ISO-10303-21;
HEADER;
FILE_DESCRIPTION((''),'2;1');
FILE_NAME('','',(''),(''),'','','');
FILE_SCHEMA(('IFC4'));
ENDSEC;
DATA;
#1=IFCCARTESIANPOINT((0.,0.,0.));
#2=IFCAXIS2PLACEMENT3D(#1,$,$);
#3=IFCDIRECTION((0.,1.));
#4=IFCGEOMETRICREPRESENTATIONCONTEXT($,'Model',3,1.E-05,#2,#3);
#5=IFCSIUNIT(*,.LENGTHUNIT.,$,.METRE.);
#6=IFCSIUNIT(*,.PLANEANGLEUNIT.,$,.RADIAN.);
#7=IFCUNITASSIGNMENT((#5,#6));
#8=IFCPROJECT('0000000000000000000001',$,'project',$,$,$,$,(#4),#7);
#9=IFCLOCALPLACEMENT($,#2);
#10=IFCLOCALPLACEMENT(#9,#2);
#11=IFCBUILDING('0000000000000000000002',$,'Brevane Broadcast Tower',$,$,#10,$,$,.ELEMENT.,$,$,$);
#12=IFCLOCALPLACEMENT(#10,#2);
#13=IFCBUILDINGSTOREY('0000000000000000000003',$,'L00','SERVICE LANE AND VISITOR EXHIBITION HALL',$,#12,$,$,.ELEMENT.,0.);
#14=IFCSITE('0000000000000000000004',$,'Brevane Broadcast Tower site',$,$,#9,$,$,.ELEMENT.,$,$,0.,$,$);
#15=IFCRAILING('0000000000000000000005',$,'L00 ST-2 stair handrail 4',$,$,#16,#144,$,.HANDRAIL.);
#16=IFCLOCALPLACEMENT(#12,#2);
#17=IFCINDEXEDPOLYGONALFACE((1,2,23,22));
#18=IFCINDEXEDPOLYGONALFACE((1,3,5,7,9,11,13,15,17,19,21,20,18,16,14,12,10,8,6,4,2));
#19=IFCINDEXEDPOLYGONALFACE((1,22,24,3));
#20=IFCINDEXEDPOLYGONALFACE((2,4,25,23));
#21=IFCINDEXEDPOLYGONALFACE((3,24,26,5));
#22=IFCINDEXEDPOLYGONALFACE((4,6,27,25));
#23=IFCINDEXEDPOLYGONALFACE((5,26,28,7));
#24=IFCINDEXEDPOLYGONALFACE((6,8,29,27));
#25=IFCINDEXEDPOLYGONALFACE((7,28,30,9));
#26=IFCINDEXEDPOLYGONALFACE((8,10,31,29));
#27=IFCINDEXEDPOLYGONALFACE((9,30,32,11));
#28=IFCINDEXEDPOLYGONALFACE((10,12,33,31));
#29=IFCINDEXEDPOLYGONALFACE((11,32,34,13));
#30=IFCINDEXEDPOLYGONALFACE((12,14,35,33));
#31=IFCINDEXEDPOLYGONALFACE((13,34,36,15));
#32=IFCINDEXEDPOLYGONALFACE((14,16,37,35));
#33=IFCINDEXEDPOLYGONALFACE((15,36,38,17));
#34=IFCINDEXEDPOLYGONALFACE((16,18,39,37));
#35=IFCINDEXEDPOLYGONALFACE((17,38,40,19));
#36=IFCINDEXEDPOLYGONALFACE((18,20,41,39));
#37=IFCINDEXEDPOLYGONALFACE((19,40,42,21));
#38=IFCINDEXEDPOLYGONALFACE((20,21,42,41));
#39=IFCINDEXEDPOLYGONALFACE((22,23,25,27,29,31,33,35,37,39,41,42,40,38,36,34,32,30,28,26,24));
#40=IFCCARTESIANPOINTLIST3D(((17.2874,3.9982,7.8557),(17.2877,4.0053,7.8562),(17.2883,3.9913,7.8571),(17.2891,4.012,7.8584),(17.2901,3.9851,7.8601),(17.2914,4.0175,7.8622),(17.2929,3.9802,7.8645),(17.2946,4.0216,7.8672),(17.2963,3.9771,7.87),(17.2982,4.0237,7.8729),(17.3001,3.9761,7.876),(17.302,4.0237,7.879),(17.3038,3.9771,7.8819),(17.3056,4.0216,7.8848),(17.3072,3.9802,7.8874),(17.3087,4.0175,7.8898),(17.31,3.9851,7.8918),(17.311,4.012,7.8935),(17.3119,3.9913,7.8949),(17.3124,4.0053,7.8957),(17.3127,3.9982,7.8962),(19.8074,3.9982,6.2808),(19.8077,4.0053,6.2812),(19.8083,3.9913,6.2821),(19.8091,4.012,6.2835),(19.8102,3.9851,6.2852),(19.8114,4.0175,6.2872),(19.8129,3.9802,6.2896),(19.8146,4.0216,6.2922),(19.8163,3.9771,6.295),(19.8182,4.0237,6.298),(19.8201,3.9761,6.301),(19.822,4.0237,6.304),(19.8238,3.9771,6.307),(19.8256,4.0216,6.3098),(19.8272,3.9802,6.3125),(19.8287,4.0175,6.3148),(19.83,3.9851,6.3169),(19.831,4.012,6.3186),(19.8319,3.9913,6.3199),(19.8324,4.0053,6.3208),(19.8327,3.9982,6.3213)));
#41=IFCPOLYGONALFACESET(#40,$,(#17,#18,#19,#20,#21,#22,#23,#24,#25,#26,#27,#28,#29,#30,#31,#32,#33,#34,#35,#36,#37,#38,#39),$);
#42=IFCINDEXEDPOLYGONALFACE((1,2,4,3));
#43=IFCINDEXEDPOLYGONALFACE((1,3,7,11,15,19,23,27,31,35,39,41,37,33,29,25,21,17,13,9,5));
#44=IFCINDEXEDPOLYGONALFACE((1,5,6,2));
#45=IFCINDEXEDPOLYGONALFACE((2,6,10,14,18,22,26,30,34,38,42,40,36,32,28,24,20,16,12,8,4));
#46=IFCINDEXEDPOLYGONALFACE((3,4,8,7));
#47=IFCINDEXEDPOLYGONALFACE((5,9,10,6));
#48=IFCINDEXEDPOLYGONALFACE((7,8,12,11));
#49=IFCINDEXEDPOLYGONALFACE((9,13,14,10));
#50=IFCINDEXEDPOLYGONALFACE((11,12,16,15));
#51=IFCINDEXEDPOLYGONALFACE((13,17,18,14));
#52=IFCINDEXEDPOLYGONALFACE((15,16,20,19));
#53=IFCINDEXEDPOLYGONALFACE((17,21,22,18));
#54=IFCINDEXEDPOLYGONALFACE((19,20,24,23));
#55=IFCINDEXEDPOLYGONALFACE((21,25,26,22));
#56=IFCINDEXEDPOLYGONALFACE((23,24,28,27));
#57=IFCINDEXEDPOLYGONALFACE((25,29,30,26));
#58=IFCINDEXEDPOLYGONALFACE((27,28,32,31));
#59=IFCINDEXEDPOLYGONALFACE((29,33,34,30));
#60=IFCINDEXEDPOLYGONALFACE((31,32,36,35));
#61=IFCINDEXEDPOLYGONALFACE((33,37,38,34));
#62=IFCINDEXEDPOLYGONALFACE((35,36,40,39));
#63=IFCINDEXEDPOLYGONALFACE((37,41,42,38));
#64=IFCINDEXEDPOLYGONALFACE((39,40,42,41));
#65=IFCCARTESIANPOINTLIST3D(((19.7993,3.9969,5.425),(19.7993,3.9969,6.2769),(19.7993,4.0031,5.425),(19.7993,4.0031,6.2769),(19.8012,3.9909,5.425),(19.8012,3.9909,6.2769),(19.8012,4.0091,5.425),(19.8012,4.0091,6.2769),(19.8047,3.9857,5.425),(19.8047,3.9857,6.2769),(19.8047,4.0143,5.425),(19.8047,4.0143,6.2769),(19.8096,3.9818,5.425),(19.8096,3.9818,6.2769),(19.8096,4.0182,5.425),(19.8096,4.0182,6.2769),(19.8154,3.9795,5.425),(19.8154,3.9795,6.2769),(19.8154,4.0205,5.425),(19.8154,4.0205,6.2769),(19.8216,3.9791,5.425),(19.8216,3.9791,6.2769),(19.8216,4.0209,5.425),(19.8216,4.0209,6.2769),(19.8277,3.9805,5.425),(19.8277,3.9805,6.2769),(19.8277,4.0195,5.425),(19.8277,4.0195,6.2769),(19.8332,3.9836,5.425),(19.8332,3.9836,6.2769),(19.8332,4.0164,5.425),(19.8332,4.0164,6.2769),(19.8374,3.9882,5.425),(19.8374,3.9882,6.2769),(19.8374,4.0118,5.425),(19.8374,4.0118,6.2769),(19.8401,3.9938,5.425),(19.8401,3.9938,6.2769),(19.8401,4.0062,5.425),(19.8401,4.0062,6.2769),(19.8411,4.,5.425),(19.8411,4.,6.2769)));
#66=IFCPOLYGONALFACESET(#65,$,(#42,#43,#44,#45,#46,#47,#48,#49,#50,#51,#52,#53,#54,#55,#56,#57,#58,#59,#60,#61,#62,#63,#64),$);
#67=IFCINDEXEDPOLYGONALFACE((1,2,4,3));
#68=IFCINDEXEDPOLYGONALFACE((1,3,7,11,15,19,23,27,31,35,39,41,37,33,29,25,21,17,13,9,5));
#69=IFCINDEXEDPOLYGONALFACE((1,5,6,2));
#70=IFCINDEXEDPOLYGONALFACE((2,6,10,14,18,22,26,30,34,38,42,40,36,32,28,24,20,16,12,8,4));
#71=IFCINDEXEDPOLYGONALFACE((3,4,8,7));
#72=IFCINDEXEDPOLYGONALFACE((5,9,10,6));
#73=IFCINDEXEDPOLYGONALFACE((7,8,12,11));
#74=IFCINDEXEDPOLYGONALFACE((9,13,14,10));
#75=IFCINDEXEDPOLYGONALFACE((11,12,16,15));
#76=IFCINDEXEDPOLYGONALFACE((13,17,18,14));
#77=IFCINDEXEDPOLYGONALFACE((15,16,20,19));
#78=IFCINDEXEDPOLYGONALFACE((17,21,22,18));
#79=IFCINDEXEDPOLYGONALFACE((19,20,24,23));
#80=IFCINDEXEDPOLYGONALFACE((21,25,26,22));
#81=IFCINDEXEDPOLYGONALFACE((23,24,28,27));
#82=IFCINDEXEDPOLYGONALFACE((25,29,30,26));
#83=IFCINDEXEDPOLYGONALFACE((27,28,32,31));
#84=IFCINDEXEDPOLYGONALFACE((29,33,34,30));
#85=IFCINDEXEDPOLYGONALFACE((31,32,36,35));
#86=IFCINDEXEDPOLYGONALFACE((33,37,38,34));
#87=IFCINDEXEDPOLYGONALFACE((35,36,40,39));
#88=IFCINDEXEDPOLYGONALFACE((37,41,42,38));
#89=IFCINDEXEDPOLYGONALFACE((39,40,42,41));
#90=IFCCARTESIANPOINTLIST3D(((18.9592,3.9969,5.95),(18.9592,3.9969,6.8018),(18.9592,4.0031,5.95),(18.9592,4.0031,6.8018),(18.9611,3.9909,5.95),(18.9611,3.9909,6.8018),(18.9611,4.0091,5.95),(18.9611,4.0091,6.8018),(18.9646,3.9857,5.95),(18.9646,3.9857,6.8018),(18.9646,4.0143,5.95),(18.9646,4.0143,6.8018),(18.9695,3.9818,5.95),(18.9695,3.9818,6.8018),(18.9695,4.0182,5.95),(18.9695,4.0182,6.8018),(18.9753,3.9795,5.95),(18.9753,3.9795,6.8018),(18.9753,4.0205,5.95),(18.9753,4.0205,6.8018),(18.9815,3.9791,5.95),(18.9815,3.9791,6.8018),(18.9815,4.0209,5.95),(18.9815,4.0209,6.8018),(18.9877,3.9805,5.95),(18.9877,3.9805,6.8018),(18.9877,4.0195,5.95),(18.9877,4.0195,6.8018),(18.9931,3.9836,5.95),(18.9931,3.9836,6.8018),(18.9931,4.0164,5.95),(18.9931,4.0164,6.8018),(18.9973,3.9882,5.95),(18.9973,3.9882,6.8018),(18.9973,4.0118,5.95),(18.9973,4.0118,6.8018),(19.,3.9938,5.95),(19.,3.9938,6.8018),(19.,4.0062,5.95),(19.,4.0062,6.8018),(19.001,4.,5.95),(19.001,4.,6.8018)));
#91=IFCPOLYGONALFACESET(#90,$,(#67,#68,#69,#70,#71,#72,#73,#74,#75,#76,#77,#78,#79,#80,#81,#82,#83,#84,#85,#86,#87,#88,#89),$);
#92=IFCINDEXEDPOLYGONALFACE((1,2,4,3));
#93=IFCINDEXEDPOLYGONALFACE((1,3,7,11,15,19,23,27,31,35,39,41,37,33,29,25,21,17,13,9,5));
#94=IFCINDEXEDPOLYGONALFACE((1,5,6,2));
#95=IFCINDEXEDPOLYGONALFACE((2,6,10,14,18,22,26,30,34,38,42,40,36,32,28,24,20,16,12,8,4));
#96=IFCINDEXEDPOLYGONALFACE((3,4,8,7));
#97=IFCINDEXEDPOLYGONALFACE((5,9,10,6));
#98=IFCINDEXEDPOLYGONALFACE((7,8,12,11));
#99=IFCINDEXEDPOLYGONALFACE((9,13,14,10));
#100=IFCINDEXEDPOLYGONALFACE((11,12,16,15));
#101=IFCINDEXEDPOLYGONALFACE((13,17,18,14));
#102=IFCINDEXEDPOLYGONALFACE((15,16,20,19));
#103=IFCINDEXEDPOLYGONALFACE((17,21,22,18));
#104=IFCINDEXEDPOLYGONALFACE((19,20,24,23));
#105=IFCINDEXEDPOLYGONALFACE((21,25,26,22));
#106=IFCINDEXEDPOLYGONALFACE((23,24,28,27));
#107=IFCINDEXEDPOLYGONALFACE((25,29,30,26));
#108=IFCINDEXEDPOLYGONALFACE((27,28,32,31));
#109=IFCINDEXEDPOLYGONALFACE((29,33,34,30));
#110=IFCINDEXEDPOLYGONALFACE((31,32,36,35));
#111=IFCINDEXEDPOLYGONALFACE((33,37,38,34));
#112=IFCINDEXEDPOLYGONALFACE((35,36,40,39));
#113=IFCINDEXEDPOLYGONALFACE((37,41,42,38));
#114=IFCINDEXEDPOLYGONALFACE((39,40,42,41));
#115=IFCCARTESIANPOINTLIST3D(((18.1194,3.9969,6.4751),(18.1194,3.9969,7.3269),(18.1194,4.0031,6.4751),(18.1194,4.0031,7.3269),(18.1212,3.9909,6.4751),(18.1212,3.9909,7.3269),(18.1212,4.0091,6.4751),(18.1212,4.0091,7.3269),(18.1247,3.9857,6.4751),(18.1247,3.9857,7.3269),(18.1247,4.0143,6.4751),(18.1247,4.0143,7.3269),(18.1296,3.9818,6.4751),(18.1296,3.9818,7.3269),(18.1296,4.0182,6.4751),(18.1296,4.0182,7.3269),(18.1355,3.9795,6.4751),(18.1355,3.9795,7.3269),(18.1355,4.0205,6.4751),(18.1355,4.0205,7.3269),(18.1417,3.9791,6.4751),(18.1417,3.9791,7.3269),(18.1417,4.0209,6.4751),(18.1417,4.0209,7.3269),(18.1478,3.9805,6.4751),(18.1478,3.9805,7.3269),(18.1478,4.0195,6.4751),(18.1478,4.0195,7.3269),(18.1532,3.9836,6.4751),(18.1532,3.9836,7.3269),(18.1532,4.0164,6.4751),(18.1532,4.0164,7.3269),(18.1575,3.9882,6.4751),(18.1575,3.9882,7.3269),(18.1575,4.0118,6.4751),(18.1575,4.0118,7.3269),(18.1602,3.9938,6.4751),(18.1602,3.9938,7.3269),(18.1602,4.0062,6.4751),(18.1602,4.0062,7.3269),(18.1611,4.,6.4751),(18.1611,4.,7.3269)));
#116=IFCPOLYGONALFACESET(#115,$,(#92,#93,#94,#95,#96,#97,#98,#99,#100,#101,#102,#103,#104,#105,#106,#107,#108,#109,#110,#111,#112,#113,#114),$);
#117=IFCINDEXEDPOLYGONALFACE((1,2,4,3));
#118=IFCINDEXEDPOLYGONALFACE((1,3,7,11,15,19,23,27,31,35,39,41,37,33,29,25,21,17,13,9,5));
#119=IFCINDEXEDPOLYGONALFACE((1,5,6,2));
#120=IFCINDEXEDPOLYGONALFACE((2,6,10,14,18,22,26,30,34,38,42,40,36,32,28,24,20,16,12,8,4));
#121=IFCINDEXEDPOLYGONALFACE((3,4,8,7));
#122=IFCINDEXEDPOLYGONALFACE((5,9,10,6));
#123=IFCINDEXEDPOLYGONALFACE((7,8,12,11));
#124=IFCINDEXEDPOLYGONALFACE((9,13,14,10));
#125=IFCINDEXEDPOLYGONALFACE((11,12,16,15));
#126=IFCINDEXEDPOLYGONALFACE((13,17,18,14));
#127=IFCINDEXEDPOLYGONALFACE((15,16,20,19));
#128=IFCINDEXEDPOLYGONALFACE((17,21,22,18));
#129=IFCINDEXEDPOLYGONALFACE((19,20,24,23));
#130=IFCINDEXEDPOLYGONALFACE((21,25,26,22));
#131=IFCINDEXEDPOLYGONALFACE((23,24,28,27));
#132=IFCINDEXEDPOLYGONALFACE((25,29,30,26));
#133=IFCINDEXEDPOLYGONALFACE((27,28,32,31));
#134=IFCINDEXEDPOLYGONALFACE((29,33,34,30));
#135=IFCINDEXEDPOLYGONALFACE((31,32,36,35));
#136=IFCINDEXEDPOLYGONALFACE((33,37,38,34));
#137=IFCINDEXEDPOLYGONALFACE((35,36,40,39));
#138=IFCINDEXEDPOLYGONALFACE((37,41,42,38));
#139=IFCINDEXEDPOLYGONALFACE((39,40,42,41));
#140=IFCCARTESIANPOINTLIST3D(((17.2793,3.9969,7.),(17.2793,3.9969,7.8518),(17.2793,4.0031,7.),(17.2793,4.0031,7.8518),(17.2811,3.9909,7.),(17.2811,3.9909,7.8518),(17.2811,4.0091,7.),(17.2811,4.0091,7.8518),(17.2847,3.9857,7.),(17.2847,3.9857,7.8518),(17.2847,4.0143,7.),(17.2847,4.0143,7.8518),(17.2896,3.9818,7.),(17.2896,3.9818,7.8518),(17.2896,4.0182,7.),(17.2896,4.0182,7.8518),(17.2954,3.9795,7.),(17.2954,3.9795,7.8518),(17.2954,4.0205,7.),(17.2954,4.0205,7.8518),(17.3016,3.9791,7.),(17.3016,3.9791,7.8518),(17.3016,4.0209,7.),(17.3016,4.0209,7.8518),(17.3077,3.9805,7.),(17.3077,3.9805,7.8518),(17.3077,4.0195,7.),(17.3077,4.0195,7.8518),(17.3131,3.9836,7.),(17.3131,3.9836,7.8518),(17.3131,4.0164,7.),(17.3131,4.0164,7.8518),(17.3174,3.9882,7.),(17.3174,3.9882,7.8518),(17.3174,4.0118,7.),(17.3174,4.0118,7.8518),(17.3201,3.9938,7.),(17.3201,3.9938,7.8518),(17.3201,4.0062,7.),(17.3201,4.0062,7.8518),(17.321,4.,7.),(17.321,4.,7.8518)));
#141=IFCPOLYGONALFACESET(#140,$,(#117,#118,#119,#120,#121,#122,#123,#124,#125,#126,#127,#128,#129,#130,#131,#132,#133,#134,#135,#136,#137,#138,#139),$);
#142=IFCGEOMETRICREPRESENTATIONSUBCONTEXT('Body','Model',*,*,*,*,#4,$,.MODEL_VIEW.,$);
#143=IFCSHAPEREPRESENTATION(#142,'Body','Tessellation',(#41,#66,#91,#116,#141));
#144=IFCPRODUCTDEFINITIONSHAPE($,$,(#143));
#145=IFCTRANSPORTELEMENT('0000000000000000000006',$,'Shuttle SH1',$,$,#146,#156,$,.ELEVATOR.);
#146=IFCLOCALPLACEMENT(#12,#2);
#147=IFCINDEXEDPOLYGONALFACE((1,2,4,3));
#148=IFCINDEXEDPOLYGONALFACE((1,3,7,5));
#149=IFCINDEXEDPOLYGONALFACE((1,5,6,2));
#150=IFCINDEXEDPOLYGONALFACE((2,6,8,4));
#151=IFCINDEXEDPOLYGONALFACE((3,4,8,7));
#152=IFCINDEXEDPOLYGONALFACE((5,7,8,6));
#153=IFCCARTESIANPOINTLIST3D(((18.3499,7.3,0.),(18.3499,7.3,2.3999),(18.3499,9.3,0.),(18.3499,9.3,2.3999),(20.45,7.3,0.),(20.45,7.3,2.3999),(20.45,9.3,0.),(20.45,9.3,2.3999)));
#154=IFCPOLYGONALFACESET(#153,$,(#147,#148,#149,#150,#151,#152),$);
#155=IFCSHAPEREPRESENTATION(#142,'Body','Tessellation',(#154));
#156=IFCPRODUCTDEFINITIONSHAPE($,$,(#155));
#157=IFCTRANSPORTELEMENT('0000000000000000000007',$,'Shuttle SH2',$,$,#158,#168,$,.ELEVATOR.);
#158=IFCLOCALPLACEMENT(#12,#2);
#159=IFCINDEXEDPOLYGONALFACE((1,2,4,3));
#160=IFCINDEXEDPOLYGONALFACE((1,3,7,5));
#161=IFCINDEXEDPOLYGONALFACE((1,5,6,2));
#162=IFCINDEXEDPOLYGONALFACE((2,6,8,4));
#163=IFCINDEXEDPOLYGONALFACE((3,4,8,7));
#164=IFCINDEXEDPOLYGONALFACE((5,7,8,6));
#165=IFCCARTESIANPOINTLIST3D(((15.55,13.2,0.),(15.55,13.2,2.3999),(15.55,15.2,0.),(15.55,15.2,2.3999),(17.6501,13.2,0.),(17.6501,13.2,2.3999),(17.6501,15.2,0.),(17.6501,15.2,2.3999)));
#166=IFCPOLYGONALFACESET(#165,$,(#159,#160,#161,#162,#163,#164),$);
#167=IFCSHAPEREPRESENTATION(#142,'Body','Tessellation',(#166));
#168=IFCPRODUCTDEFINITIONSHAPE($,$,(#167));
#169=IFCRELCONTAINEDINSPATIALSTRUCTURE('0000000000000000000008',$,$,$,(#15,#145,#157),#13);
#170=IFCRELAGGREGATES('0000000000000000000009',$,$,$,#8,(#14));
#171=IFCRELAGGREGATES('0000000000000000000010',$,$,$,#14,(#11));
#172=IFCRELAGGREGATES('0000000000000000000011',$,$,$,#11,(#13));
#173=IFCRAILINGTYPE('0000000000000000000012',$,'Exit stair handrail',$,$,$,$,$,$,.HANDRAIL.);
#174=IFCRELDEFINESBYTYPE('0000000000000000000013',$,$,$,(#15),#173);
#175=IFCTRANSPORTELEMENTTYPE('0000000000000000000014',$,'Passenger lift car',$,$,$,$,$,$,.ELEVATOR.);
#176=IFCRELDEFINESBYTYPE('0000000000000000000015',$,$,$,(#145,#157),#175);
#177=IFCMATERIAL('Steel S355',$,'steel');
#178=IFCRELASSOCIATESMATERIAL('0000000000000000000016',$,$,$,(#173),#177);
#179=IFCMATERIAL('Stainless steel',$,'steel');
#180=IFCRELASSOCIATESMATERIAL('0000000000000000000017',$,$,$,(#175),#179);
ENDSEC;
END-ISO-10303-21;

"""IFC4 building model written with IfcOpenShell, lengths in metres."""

from ifc_helpers import new_model, si_unit, direction, frame, origin, origin_2d, place, context, subcontext, project, spatial, rectangle, circle, extrude, material, type_object, element, save


model = new_model("IFC4")

# Units and contexts
model_context = context("Model", 3, precision=1e-05, world=origin(), true_north=direction((0.0, 1.0)))
body_context = subcontext(model_context, "Body", "Model", "MODEL_VIEW")
ifc_project = project(units=[si_unit("LENGTHUNIT", "METRE"), si_unit("PLANEANGLEUNIT", "RADIAN")], contexts=[model_context])

# Site, building, storey
site_placement = place(None, origin())
site = spatial("IfcSite", under=ifc_project, at=site_placement, Name="Brevane Broadcast Tower site", CompositionType="ELEMENT", RefElevation=0.0)
building_placement = place(site_placement, origin())
building = spatial("IfcBuilding", under=site, at=building_placement, Name="Brevane Broadcast Tower", CompositionType="ELEMENT")
storey_placement = place(building_placement, origin())
storey = spatial("IfcBuildingStorey", under=building, at=storey_placement, Name="L00", Description="SERVICE LANE AND VISITOR EXHIBITION HALL", CompositionType="ELEMENT", Elevation=0.0)

# Railing
ifc_material_1 = material(Name="Steel S355", Category="steel")
railing_type_1 = type_object("IfcRailingType", Name="Exit stair handrail", PredefinedType="HANDRAIL", material=ifc_material_1)
for number, where, name in (
    (1, (19.8201, 4.0, 5.425), "L00 ST-2 stair handrail 4"),
):
    element("IfcRailing", number, at=place(storey_placement, frame(where)), inside=storey, type_object=railing_type_1, Name=name, PredefinedType="HANDRAIL", context=body_context, shape_type="SweptSolid", body=[
        extrude(circle(Radius=0.0239, at=origin_2d()), frame((0.0, 0.0, 0.876), z_axis=(-0.848008, 0.0, 0.529984), x_axis=(0.0, -1.0, 0.0)), (0.0, 0.0, 1.0), 2.9717),
        extrude(circle(Radius=0.021, at=origin_2d()), origin(), (0.0, 0.0, 1.0), 0.8518),
        extrude(circle(Radius=0.021, at=origin_2d()), frame((-0.8401, 0.0, 0.5249)), (0.0, 0.0, 1.0), 0.8518),
        extrude(circle(Radius=0.021, at=origin_2d()), frame((-1.6799, 0.0, 1.05)), (0.0, 0.0, 1.0), 0.8518),
        extrude(circle(Radius=0.021, at=origin_2d()), frame((-2.52, 0.0, 1.575)), (0.0, 0.0, 1.0), 0.8518),
    ])

# Transport elements
ifc_material_2 = material(Name="Stainless steel", Category="steel")
transport_element_type = type_object("IfcTransportElementType", Name="Passenger lift car", PredefinedType="ELEVATOR", material=ifc_material_2)
for number, where, z_axis, x_axis, name in (
    (2, (19.3999, 8.3, 0.0), (0.0, 0.0, 1.0), (1.0, 0.0, 0.0), "Shuttle SH1"),
    (3, (16.6001, 14.2, 0.0), (0.0, 0.0, 1.0), (1.0, 0.0, 0.0), "Shuttle SH2"),
):
    element("IfcTransportElement", number, at=place(storey_placement, frame(where, z_axis=z_axis, x_axis=x_axis)), inside=storey, type_object=transport_element_type, Name=name, PredefinedType="ELEVATOR", context=body_context, shape_type="SweptSolid", body=[
        extrude(rectangle(XDim=2.1001, YDim=2.0, at=origin_2d()), origin(), (0.0, 0.0, 1.0), 2.3999),
    ])

save(model, "model.ifc")
